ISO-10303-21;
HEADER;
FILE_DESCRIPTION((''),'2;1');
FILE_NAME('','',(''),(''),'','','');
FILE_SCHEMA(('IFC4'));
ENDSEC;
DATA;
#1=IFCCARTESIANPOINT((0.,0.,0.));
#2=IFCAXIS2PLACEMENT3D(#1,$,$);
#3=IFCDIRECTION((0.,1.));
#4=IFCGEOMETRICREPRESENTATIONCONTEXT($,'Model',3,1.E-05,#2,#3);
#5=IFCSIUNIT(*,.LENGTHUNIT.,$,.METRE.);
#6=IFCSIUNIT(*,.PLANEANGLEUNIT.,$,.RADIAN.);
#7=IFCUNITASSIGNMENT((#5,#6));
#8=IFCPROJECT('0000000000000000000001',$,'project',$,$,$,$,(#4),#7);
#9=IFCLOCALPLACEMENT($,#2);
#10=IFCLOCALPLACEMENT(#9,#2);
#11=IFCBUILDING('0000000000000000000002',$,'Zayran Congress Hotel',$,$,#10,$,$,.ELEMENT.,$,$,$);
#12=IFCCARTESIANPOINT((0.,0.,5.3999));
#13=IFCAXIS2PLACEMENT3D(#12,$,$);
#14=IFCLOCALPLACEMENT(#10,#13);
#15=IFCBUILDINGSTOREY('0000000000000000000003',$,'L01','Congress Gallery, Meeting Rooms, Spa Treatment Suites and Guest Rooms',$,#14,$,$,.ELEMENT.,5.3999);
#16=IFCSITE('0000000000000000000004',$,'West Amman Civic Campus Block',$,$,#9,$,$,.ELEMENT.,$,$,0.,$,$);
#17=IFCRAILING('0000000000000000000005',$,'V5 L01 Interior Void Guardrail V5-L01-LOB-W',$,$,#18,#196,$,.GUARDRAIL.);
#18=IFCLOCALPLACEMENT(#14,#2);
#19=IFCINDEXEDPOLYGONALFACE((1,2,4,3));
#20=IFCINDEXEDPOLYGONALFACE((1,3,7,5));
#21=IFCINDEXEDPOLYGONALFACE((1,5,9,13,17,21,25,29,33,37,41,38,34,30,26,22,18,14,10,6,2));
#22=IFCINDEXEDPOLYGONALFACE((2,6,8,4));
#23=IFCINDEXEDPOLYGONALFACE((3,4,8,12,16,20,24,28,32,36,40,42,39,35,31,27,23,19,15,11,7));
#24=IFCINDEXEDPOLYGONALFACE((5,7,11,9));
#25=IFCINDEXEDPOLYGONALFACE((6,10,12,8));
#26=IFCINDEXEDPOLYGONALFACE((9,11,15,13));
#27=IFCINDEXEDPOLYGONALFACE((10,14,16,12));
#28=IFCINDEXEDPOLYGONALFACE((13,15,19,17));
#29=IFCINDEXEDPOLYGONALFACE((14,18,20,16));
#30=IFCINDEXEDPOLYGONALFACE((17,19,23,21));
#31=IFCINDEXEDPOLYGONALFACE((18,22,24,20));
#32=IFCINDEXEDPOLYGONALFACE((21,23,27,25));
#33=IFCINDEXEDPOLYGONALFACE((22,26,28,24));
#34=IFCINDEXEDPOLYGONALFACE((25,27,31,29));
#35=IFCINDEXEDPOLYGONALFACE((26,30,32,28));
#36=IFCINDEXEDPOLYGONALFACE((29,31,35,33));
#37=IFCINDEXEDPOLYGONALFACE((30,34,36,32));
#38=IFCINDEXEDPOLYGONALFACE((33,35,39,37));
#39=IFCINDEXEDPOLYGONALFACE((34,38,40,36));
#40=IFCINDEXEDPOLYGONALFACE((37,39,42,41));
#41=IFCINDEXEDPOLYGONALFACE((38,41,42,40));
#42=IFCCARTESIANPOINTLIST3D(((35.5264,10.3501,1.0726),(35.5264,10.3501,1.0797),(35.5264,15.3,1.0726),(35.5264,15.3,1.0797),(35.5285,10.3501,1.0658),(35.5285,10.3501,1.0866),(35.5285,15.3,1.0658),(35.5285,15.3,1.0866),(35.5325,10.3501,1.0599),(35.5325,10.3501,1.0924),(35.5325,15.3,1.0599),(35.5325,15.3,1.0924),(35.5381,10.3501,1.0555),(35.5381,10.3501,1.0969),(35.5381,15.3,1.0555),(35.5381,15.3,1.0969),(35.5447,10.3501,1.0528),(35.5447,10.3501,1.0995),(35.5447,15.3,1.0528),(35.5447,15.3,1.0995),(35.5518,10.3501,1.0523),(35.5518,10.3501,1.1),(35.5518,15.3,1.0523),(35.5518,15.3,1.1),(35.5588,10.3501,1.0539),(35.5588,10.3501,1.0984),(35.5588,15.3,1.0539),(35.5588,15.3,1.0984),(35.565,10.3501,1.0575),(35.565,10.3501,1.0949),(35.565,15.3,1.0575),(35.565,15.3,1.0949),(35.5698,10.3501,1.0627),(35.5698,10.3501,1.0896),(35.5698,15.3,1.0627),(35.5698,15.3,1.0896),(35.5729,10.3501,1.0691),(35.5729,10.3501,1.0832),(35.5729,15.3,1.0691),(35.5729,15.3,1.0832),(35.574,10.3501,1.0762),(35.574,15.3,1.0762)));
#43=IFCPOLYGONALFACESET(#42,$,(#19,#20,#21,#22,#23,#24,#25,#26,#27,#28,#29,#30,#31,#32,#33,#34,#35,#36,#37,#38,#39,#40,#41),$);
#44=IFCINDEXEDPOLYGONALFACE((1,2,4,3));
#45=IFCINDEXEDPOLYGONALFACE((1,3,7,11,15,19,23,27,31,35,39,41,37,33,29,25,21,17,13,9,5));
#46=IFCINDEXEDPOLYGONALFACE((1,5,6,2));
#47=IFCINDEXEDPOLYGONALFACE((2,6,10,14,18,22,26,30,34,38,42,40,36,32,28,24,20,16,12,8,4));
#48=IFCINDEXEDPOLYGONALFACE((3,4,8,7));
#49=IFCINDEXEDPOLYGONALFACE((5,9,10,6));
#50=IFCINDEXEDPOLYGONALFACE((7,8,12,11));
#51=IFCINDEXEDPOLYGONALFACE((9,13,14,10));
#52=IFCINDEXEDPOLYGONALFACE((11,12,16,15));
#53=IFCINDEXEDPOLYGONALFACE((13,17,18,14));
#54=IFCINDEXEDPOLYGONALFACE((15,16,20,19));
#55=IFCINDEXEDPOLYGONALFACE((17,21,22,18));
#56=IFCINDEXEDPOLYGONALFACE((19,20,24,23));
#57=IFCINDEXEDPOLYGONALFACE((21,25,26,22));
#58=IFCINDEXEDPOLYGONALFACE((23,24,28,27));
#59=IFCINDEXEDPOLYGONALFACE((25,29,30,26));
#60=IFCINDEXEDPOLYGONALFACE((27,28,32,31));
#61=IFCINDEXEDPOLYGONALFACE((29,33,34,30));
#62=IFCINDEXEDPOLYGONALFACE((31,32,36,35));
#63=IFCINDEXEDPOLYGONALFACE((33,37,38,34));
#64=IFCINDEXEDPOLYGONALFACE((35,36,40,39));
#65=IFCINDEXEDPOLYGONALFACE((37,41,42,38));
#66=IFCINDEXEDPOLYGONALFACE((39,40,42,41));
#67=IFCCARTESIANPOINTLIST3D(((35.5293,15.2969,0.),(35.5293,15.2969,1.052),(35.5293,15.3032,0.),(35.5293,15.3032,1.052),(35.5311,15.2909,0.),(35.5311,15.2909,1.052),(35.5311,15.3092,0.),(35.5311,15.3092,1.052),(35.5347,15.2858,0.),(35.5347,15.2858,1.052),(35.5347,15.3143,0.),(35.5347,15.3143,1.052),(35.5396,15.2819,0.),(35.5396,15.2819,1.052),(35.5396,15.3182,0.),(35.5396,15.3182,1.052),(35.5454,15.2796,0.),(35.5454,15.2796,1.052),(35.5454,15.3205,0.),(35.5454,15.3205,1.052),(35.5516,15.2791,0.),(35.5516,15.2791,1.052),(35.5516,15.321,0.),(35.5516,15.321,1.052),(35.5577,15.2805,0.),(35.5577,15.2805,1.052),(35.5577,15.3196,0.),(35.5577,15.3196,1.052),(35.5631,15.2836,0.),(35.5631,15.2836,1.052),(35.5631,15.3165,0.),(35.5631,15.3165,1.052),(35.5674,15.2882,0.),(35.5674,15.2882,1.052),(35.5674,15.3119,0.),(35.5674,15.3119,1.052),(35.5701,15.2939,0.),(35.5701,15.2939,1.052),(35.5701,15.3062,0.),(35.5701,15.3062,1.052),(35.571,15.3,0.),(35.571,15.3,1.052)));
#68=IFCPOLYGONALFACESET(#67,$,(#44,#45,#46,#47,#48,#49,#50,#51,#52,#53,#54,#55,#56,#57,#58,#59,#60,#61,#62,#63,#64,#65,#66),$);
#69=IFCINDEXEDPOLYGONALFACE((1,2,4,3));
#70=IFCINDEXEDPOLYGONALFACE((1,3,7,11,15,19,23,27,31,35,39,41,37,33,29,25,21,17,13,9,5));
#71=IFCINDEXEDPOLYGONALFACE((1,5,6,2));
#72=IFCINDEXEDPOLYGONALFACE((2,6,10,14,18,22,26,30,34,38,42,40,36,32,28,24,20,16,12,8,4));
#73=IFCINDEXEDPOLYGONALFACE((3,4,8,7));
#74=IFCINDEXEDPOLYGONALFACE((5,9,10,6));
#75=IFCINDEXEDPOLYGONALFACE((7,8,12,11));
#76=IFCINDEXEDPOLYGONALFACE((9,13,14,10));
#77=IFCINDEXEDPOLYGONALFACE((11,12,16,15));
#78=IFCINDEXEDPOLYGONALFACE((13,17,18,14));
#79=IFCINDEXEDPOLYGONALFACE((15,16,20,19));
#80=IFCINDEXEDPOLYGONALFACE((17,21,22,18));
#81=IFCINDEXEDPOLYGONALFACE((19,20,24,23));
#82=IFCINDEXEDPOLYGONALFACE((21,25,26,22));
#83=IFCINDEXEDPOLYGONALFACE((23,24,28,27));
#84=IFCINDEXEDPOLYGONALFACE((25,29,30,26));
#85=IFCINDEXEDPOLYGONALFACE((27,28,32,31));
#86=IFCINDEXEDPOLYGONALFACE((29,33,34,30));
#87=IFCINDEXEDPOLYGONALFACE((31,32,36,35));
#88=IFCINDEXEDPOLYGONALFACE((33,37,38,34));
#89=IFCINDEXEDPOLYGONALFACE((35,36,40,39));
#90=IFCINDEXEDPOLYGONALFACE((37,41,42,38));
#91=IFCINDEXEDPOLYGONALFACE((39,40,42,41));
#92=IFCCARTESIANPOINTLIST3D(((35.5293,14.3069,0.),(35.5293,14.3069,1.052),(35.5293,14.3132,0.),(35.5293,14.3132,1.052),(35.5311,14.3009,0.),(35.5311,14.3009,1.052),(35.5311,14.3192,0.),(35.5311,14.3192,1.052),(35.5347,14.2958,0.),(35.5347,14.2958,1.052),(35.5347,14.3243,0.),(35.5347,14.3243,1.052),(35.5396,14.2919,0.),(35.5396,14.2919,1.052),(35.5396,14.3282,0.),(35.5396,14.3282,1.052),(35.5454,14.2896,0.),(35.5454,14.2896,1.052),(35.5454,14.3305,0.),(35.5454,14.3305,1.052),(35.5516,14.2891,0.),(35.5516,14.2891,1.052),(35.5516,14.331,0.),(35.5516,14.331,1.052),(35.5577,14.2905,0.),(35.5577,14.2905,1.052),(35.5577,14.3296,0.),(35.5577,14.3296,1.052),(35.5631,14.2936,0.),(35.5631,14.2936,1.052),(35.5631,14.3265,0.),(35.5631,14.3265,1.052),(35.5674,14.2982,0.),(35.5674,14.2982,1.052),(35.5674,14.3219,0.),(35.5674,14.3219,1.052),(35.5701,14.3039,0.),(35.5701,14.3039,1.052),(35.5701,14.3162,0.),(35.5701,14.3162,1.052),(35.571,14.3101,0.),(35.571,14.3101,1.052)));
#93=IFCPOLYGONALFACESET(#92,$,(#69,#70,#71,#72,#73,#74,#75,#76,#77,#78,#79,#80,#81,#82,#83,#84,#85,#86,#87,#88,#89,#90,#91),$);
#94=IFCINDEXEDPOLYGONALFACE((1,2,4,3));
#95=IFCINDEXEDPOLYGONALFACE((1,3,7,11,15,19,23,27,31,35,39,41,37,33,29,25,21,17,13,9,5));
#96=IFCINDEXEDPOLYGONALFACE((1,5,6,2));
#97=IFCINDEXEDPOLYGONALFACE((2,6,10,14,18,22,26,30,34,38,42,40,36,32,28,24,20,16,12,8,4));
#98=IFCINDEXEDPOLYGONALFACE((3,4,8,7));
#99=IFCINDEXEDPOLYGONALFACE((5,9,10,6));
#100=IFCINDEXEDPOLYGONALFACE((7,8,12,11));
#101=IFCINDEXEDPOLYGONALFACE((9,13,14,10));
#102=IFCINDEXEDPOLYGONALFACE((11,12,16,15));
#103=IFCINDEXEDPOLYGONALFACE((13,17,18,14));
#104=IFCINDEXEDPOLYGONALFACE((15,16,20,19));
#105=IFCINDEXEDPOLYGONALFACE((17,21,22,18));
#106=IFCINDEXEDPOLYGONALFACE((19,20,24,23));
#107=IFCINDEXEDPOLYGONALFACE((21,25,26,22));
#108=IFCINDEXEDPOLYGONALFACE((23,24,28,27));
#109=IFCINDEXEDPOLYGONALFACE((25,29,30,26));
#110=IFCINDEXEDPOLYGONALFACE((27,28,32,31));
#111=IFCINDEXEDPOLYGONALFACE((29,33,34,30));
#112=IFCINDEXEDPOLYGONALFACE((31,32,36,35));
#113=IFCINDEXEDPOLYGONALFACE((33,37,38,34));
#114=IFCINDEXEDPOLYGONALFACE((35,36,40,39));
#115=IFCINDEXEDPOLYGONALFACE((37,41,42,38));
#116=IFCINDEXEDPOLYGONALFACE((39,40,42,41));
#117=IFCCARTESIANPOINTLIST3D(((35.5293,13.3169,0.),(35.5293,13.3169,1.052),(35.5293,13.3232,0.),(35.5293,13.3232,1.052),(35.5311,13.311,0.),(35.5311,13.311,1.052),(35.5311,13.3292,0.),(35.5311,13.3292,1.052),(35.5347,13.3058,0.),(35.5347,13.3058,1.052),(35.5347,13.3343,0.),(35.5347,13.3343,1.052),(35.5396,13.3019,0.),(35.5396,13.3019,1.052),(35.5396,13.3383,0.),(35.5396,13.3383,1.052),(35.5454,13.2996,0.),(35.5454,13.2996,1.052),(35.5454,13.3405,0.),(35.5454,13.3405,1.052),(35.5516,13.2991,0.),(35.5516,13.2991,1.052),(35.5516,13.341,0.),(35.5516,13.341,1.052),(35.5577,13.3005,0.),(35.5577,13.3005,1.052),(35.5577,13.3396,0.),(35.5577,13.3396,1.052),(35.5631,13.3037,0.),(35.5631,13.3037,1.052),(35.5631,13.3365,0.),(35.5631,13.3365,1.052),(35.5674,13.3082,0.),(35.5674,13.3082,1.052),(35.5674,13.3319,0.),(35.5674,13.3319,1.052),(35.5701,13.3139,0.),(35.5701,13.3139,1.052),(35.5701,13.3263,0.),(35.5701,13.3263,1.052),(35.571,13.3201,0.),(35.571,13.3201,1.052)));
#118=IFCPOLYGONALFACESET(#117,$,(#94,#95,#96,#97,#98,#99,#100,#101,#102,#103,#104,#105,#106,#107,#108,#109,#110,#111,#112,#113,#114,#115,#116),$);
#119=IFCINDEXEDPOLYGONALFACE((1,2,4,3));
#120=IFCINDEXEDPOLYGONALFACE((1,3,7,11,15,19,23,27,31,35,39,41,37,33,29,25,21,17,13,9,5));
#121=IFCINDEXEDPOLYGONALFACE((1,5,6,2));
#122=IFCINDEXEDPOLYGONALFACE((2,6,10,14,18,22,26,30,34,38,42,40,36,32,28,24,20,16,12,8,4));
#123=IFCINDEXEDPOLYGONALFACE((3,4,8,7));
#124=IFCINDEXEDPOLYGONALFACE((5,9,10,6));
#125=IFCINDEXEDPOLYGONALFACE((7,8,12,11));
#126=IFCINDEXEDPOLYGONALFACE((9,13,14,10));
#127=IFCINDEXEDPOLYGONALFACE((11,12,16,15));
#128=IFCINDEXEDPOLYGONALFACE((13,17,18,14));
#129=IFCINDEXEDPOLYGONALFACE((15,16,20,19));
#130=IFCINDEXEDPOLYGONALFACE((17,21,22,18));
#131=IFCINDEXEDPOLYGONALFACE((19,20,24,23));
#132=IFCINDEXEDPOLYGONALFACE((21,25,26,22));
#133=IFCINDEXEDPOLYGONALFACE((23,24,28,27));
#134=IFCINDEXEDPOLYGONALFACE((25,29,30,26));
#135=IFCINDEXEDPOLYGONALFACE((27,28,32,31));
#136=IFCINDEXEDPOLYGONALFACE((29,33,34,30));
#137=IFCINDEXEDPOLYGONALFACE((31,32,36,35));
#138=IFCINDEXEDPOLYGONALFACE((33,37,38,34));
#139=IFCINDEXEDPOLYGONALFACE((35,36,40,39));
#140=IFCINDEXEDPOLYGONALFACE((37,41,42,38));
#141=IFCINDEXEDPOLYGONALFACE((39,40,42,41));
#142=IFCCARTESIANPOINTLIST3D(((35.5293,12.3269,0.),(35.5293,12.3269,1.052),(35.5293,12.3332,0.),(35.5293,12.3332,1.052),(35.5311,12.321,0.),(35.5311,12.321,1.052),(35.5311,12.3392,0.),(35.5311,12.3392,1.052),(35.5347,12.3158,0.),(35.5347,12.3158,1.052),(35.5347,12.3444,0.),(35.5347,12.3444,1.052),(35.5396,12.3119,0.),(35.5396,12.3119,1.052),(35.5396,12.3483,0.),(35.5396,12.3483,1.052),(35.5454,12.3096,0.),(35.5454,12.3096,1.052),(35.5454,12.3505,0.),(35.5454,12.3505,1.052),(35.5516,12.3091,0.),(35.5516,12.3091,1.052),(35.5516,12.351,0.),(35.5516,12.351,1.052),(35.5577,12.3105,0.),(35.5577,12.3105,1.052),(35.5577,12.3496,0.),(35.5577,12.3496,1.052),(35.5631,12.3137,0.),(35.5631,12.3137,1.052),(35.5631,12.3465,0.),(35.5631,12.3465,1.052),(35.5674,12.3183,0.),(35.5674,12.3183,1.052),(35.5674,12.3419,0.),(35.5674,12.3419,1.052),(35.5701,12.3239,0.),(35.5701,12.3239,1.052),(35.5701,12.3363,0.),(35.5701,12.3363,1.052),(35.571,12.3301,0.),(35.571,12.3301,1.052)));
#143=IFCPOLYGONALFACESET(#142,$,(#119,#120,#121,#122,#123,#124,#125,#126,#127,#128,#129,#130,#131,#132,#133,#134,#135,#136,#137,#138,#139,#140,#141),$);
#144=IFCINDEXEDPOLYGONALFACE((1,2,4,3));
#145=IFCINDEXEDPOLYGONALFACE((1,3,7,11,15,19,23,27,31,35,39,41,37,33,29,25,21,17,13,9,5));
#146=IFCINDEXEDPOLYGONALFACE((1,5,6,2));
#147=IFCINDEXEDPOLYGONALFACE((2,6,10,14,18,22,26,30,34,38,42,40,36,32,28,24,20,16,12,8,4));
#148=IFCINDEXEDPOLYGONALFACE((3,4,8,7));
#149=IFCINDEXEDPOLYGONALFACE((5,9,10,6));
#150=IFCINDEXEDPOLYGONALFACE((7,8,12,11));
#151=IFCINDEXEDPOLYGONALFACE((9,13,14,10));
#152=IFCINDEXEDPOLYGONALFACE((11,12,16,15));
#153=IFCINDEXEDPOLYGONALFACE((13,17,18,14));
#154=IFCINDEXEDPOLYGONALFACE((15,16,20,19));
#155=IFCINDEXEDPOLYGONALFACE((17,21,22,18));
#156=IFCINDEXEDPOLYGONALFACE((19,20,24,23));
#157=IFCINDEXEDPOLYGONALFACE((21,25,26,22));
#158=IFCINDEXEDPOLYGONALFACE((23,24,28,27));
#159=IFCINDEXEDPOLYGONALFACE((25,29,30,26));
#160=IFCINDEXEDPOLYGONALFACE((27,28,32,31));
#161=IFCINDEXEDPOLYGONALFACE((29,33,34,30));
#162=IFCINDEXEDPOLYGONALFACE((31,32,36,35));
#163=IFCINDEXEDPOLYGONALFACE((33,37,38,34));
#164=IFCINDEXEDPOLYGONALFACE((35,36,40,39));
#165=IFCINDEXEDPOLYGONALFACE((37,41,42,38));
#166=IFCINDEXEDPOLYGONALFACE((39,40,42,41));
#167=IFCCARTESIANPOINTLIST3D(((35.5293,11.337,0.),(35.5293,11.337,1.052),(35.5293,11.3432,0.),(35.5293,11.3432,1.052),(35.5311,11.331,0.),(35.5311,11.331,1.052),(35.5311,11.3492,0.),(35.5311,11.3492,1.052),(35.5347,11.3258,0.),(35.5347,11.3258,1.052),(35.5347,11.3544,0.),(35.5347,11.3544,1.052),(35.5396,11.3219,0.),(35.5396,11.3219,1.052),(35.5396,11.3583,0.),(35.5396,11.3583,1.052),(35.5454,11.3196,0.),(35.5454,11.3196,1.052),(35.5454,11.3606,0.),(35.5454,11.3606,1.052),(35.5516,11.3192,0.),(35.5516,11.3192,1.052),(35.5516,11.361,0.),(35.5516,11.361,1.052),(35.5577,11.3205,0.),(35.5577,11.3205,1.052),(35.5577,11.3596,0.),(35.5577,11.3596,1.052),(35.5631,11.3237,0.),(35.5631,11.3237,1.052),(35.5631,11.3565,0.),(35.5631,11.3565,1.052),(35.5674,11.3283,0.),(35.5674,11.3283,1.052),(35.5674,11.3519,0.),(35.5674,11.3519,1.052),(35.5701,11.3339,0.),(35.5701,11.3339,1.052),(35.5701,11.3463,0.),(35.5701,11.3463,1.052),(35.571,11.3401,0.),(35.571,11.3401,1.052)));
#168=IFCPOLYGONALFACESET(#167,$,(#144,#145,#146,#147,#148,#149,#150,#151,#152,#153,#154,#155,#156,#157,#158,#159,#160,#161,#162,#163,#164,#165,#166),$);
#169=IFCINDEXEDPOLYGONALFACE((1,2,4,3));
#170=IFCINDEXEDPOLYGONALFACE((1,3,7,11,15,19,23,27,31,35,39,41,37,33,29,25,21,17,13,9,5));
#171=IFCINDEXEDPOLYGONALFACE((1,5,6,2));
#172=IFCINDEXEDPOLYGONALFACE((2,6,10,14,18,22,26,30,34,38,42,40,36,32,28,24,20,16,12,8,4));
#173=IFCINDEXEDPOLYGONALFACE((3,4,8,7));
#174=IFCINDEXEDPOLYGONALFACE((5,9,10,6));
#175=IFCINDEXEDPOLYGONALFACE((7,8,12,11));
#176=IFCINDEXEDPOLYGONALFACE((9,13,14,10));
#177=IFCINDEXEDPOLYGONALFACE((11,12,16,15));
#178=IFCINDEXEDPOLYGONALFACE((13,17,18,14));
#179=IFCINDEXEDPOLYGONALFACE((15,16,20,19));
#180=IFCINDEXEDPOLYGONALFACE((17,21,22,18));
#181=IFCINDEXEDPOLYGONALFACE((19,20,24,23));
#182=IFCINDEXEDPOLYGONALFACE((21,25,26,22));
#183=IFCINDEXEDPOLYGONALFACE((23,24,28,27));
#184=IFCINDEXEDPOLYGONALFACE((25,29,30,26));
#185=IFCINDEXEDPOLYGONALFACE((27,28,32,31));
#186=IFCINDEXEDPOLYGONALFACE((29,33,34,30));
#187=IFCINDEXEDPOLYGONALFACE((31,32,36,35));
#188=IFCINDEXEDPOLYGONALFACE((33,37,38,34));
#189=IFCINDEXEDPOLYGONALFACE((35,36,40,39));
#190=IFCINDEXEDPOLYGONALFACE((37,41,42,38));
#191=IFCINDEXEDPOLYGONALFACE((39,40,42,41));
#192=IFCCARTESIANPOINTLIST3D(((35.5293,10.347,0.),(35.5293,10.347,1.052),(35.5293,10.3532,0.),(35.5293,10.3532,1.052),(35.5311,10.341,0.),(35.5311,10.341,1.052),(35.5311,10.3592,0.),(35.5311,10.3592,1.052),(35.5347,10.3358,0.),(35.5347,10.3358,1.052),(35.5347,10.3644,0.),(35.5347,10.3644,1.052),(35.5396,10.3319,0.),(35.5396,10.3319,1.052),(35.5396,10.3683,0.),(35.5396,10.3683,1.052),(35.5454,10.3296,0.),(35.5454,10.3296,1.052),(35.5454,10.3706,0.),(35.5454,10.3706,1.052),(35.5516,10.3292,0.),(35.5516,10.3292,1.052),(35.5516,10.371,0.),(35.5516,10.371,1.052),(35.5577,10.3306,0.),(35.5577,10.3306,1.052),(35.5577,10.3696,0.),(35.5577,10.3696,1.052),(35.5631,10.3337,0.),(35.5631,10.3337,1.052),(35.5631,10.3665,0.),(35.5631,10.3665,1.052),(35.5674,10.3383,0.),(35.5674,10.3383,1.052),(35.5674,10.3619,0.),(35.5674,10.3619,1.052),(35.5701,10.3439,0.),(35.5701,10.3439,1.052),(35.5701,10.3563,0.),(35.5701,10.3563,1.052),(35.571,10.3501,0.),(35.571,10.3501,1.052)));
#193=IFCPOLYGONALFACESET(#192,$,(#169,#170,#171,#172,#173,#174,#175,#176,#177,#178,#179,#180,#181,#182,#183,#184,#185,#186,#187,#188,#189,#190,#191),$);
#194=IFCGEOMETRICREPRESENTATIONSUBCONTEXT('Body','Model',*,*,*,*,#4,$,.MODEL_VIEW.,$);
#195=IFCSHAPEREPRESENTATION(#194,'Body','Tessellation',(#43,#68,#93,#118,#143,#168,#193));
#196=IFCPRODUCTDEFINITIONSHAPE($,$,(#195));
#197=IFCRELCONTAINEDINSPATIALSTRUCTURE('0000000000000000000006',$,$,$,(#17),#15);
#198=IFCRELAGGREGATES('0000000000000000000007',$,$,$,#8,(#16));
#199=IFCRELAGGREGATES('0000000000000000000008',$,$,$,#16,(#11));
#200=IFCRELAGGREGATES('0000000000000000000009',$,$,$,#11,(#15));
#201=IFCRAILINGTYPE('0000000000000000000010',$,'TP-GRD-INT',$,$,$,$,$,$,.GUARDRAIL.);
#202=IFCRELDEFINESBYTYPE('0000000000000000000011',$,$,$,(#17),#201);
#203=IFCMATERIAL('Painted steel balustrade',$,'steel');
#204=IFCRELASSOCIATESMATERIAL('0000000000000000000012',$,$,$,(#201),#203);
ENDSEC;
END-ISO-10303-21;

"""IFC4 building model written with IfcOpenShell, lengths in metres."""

from ifc_helpers import new_model, si_unit, direction, frame, origin, origin_2d, place, context, subcontext, project, spatial, circle, extrude, material, type_object, element, save


model = new_model("IFC4")

# Units and contexts
model_context = context("Model", 3, precision=1e-05, world=origin(), true_north=direction((0.0, 1.0)))
body_context = subcontext(model_context, "Body", "Model", "MODEL_VIEW")
ifc_project = project(units=[si_unit("LENGTHUNIT", "METRE"), si_unit("PLANEANGLEUNIT", "RADIAN")], contexts=[model_context])

# Site, building, storey
site_placement = place(None, origin())
site = spatial("IfcSite", under=ifc_project, at=site_placement, Name="West Amman Civic Campus Block", CompositionType="ELEMENT", RefElevation=0.0)
building_placement = place(site_placement, origin())
building = spatial("IfcBuilding", under=site, at=building_placement, Name="Zayran Congress Hotel", CompositionType="ELEMENT")
storey_placement = place(building_placement, frame((0.0, 0.0, 5.3999)))
storey = spatial("IfcBuildingStorey", under=building, at=storey_placement, Name="L01", Description="Congress Gallery, Meeting Rooms, Spa Treatment Suites and Guest Rooms", CompositionType="ELEMENT", Elevation=5.3999)

# Railing
ifc_material_1 = material(Name="Painted steel balustrade", Category="steel")
railing_type = type_object("IfcRailingType", Name="TP-GRD-INT", PredefinedType="GUARDRAIL", material=ifc_material_1)
railing_1_placement = place(storey_placement, frame((35.55, 15.3, 0.0)))
element("IfcRailing", 1, at=railing_1_placement, inside=storey, type_object=railing_type, Name="V5 L01 Interior Void Guardrail V5-L01-LOB-W", PredefinedType="GUARDRAIL", context=body_context, shape_type="SweptSolid", body=[
    extrude(circle(Radius=0.0239, at=origin_2d()), frame((0.0, 0.0, 1.0762), z_axis=(0.0, -1.0, 0.0), x_axis=(1.0, 0.0, 0.0)), (0.0, 0.0, 1.0), 4.95),
    extrude(circle(Radius=0.021, at=origin_2d()), origin(), (0.0, 0.0, 1.0), 1.052),
    extrude(circle(Radius=0.021, at=origin_2d()), frame((0.0, -0.99, 0.0)), (0.0, 0.0, 1.0), 1.052),
    extrude(circle(Radius=0.021, at=origin_2d()), frame((0.0, -1.98, 0.0)), (0.0, 0.0, 1.0), 1.052),
    extrude(circle(Radius=0.021, at=origin_2d()), frame((0.0, -2.97, 0.0)), (0.0, 0.0, 1.0), 1.052),
    extrude(circle(Radius=0.021, at=origin_2d()), frame((0.0, -3.96, 0.0)), (0.0, 0.0, 1.0), 1.052),
    extrude(circle(Radius=0.021, at=origin_2d()), frame((0.0, -4.95, 0.0)), (0.0, 0.0, 1.0), 1.052),
])

save(model, "model.ifc")
